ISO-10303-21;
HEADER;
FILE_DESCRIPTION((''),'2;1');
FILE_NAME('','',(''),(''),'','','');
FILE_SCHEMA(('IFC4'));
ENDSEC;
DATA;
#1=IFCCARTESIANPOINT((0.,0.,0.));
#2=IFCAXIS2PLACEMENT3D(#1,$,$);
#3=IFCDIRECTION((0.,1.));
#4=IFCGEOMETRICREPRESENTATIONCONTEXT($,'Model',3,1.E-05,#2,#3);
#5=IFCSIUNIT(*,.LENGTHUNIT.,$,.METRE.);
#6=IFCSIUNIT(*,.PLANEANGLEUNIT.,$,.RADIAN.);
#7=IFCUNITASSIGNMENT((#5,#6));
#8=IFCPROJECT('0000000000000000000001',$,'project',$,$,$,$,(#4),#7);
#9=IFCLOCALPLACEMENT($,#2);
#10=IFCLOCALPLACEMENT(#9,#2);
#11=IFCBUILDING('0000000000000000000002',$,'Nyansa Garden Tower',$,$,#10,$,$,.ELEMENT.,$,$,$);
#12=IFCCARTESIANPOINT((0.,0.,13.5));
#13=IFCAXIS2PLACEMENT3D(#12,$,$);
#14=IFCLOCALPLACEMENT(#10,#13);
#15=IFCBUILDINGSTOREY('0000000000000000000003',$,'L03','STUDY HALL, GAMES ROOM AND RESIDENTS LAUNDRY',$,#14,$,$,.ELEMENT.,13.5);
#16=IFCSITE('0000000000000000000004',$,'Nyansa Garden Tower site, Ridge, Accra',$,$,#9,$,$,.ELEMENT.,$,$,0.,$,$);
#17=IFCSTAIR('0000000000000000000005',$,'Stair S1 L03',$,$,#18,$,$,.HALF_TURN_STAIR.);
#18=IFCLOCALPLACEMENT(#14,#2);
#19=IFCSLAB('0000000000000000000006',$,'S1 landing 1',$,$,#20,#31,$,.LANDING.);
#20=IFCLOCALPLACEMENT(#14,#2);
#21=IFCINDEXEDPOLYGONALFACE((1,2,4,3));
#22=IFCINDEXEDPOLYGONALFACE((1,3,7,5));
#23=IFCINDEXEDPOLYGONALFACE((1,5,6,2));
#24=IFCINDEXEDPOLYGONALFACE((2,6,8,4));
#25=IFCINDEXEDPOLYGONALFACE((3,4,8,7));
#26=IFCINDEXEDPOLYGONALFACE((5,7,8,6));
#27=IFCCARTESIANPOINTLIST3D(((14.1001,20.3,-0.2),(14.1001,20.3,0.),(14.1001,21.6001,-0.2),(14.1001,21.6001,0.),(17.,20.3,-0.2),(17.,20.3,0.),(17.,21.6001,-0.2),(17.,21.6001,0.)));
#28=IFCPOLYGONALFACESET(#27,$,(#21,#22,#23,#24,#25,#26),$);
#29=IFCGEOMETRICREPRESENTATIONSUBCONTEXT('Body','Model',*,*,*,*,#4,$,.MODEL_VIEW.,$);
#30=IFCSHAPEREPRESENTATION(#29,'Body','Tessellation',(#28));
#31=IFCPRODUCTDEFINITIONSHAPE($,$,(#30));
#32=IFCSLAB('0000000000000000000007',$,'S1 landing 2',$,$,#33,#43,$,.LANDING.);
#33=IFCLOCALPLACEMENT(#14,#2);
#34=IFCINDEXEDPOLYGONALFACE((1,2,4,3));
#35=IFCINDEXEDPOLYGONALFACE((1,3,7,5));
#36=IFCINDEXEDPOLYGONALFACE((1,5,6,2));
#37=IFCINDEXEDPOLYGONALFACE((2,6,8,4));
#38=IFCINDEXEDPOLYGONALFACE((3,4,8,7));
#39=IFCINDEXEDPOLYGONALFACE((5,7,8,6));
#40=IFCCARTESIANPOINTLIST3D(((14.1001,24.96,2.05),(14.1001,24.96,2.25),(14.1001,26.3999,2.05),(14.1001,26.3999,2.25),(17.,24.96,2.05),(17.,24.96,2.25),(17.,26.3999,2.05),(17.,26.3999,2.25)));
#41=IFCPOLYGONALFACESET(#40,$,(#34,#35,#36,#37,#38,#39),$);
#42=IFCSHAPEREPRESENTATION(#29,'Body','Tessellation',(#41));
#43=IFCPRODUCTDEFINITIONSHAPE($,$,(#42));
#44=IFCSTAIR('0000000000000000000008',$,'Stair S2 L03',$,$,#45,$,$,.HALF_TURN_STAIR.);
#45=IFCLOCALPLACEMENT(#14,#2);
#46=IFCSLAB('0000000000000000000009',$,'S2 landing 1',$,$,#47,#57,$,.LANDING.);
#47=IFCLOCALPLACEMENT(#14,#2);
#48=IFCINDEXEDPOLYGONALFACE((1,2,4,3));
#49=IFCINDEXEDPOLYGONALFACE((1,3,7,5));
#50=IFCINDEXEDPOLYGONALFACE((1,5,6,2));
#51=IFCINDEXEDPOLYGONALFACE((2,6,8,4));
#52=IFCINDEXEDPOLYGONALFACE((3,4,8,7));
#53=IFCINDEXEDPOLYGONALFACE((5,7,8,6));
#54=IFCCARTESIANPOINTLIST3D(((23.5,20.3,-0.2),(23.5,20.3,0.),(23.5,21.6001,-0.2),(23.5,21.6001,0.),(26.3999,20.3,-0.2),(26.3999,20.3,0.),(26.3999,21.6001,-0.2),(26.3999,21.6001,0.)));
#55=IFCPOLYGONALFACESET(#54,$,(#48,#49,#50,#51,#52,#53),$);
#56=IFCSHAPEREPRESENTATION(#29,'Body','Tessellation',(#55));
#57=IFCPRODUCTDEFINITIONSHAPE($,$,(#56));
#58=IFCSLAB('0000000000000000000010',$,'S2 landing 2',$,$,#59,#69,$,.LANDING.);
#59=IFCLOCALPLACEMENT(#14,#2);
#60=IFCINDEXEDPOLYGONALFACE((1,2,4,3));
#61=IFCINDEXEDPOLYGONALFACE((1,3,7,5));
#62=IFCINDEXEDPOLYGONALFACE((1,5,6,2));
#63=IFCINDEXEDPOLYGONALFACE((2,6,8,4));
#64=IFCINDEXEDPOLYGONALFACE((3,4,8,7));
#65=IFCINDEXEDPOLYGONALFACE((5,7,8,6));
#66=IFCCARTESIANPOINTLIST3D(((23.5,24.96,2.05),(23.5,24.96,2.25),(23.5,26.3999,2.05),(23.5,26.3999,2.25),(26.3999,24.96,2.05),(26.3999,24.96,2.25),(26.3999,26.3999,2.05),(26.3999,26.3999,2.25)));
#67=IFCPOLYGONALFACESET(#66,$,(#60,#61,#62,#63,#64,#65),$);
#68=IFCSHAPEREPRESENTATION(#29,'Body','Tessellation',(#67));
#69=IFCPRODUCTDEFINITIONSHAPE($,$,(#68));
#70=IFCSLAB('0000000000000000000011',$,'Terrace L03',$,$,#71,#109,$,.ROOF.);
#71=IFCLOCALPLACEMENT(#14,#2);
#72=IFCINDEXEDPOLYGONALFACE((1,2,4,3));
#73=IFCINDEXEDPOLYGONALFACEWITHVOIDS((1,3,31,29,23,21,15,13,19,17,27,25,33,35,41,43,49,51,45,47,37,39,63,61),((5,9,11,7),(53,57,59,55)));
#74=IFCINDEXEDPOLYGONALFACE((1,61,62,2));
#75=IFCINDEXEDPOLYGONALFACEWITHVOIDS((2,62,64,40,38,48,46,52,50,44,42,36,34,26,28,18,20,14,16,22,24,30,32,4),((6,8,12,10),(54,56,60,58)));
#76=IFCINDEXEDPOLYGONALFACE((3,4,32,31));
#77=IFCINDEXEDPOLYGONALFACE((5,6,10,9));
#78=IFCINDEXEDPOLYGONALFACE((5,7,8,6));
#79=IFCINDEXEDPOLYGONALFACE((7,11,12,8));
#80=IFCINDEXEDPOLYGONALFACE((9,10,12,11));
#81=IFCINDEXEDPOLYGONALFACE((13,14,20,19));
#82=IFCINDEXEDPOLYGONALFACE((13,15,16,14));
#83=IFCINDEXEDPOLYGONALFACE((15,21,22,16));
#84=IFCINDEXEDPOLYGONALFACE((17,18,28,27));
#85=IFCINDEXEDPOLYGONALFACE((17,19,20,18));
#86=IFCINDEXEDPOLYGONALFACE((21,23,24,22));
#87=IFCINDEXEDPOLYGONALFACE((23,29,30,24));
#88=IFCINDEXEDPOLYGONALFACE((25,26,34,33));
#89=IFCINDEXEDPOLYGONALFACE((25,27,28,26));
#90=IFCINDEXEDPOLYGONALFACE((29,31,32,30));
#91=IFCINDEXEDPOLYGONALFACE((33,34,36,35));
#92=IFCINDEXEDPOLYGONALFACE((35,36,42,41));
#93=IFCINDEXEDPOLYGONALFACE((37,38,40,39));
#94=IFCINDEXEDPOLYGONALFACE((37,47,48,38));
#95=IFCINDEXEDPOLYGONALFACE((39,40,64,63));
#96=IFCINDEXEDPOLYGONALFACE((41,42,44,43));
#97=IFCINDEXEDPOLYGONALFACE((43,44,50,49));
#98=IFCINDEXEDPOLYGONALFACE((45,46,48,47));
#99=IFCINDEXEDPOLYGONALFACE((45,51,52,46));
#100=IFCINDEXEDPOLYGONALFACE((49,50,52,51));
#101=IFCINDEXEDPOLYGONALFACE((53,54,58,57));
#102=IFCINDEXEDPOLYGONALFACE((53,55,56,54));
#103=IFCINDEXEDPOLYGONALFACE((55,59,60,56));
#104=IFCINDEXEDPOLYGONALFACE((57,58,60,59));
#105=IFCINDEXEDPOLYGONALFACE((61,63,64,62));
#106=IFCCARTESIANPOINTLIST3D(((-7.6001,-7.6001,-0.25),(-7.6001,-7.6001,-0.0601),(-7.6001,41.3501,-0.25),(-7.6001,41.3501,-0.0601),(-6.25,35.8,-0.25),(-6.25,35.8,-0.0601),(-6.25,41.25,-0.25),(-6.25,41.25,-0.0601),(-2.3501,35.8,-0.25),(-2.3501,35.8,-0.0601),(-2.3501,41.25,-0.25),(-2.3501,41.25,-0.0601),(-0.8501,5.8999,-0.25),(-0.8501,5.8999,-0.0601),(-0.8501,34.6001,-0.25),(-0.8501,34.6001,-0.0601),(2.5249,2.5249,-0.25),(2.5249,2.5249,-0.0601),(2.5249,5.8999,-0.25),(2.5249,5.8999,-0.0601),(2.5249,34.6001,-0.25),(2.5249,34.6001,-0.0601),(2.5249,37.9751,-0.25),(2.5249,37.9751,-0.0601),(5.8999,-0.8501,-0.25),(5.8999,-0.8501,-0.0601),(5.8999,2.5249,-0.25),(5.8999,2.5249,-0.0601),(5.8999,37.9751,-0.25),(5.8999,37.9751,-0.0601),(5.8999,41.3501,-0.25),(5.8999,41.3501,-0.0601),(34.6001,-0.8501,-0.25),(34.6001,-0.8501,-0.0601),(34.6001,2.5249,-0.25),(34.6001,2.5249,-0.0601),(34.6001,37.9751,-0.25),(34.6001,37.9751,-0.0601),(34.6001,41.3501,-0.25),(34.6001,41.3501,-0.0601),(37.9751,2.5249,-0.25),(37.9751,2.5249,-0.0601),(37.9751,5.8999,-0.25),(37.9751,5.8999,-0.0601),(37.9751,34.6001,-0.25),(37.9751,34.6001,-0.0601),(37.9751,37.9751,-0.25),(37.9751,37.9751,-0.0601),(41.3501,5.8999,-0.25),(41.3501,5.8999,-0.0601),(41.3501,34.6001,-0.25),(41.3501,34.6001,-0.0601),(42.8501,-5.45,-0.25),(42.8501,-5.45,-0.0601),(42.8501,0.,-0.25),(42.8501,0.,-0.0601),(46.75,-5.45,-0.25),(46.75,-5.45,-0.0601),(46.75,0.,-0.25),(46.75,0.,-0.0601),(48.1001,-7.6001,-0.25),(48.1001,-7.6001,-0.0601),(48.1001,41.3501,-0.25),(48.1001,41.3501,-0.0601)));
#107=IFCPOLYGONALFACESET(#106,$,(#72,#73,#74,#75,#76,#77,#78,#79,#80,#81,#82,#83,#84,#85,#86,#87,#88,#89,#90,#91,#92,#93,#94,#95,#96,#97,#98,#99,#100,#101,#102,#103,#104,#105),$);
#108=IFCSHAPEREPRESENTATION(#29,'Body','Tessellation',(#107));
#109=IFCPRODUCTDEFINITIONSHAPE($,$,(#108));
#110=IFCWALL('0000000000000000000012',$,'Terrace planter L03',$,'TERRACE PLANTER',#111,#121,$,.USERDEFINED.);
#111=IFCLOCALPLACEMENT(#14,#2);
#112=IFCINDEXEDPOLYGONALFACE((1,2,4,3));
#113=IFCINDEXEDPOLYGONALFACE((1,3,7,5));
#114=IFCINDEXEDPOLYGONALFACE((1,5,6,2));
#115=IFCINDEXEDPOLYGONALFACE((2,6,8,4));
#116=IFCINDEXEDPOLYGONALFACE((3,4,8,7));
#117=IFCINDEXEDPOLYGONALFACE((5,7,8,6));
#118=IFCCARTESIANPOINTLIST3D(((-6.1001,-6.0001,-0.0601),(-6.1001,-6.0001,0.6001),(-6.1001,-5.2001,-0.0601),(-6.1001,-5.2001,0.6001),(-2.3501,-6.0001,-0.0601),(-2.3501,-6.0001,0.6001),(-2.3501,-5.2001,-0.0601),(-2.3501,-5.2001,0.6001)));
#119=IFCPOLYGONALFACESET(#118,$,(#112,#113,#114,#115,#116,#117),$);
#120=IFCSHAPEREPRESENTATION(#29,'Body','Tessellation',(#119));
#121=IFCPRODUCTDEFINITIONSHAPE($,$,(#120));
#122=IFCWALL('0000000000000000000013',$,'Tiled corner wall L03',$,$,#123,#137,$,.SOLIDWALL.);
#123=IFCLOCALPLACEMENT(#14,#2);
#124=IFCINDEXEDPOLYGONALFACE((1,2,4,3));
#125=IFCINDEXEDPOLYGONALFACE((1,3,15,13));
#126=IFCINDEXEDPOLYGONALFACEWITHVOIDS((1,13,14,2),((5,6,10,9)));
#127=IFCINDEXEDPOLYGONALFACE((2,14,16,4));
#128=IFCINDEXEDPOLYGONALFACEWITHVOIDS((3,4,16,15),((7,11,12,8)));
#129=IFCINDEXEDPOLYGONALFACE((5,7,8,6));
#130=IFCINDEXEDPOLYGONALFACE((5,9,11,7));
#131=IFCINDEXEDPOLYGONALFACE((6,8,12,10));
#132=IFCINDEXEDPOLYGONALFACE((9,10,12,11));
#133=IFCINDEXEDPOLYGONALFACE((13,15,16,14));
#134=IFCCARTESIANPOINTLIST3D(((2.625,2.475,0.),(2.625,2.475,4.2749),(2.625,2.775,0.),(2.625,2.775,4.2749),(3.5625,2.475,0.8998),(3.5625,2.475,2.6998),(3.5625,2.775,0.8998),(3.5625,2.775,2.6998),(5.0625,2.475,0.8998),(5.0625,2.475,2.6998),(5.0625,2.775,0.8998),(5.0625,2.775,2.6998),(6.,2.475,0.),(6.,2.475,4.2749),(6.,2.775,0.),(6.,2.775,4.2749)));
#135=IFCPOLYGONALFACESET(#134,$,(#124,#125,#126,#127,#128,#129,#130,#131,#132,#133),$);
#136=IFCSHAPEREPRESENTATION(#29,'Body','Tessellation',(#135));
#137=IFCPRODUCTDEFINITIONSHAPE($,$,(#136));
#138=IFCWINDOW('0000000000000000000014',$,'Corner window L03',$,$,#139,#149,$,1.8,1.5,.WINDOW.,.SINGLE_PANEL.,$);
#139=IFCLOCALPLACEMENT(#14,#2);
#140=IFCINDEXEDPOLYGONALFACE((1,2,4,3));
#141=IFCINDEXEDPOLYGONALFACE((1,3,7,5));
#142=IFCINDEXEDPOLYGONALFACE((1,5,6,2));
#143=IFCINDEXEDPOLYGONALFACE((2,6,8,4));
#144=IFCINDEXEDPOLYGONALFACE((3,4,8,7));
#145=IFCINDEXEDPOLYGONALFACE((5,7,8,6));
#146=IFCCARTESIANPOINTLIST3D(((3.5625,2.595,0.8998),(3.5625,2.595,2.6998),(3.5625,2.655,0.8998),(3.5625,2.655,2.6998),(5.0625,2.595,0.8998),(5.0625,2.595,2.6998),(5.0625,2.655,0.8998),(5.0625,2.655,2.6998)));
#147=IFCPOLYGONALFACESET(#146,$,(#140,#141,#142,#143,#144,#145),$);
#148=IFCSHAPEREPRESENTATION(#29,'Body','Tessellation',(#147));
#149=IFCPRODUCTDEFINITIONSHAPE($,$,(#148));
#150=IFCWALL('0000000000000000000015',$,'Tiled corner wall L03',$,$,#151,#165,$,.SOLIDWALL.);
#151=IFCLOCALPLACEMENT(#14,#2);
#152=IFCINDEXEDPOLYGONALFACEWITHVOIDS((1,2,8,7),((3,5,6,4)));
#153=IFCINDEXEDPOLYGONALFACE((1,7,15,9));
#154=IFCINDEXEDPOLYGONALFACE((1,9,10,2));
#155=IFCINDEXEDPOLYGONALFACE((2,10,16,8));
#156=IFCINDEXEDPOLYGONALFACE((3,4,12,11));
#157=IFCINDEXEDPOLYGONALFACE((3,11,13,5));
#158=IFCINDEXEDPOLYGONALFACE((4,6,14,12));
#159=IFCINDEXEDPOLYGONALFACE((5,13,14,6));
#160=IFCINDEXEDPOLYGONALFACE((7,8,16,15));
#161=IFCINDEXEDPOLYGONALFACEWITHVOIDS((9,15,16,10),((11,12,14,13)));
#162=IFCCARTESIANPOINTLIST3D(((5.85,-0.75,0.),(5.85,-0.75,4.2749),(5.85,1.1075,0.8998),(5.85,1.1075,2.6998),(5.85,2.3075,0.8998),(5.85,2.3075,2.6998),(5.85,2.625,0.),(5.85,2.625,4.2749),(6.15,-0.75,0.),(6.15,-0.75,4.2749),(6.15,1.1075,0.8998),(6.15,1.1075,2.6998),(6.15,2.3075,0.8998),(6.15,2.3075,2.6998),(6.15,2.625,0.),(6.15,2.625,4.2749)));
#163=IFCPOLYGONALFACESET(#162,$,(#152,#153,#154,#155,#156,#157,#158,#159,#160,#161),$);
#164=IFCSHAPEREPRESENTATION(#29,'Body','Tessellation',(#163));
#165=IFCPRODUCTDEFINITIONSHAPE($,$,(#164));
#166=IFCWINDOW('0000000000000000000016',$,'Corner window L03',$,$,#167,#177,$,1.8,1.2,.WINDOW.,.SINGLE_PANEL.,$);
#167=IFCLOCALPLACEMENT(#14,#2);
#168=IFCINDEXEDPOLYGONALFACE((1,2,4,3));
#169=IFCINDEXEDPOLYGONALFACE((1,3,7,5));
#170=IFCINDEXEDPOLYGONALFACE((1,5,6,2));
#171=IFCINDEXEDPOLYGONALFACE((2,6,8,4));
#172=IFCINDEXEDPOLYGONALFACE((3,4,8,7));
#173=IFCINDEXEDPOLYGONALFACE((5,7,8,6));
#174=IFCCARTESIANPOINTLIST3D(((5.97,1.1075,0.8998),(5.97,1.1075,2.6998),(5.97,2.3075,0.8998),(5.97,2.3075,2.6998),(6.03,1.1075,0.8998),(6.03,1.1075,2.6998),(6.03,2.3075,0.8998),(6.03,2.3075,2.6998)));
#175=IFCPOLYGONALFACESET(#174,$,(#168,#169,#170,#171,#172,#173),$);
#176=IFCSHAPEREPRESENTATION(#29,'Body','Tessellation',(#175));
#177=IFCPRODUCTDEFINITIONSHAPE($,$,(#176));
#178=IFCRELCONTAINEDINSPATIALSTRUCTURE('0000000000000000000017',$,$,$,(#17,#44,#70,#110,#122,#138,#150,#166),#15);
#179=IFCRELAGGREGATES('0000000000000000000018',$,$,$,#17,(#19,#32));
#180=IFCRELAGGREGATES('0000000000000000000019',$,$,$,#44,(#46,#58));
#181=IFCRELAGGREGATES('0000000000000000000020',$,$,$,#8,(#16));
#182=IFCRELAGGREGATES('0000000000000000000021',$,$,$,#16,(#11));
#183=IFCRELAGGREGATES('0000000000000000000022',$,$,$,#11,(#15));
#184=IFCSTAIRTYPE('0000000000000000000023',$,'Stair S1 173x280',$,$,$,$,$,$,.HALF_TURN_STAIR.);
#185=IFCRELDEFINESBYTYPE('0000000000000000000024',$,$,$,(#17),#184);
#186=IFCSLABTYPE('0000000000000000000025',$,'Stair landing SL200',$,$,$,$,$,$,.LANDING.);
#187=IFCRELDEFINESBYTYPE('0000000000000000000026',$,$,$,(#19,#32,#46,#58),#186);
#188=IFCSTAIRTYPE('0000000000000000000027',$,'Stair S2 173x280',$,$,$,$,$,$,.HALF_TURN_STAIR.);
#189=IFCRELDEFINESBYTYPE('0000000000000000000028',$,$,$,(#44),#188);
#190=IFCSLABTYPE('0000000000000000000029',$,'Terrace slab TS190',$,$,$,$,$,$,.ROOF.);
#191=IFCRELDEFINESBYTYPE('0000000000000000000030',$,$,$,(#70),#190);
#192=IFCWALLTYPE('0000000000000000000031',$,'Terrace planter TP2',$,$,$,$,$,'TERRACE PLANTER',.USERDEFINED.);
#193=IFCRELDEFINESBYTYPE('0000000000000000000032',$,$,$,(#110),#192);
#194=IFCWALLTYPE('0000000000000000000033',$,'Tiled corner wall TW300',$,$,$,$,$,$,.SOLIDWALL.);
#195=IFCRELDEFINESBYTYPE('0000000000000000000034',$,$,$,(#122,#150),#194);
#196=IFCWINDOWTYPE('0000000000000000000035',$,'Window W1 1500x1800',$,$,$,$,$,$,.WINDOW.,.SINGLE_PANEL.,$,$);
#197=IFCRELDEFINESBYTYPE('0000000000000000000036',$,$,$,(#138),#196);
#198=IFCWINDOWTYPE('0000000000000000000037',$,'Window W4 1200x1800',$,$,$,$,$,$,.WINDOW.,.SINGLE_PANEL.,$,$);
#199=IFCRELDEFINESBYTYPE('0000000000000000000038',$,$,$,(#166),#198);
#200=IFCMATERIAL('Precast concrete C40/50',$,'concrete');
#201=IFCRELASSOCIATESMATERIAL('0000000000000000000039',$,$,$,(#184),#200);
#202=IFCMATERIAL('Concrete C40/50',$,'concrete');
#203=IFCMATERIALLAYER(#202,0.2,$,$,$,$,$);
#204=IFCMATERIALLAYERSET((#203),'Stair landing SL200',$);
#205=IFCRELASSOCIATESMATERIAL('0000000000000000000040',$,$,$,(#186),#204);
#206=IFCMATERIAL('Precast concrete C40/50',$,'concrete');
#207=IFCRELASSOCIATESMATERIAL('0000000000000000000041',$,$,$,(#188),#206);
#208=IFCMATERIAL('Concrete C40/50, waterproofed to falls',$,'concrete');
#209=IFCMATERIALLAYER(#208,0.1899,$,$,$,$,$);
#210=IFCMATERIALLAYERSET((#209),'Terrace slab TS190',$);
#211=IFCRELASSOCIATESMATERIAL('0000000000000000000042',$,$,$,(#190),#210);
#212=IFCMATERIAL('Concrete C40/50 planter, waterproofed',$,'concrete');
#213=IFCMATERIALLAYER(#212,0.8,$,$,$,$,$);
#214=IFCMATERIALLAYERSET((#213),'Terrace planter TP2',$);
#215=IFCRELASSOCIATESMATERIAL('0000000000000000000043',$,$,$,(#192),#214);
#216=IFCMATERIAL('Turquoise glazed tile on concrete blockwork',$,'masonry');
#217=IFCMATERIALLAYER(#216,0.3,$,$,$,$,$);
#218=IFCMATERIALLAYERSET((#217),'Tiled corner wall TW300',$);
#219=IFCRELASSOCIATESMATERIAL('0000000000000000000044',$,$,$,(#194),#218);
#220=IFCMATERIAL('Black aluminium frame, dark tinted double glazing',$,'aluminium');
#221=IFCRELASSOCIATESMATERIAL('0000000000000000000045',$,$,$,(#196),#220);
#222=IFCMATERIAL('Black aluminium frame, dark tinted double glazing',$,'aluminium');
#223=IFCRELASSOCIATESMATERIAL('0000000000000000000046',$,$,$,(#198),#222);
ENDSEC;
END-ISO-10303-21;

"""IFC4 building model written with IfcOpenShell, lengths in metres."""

from ifc_helpers import new_model, si_unit, direction, frame, frame_2d, origin, place, context, subcontext, project, spatial, polyline, rectangle, outline, extrude, material, layer, layer_set, type_object, element, fill, aggregate, save


model = new_model("IFC4")

# Units and contexts
model_context = context("Model", 3, precision=1e-05, world=origin(), true_north=direction((0.0, 1.0)))
body_context = subcontext(model_context, "Body", "Model", "MODEL_VIEW")
ifc_project = project(units=[si_unit("LENGTHUNIT", "METRE"), si_unit("PLANEANGLEUNIT", "RADIAN")], contexts=[model_context])

# Site, building, storey
site_placement = place(None, origin())
site = spatial("IfcSite", under=ifc_project, at=site_placement, Name="Nyansa Garden Tower site, Ridge, Accra", CompositionType="ELEMENT", RefElevation=0.0)
building_placement = place(site_placement, origin())
building = spatial("IfcBuilding", under=site, at=building_placement, Name="Nyansa Garden Tower", CompositionType="ELEMENT")
storey_placement = place(building_placement, frame((0.0, 0.0, 13.5)))
storey = spatial("IfcBuildingStorey", under=building, at=storey_placement, Name="L03", Description="STUDY HALL, GAMES ROOM AND RESIDENTS LAUNDRY", CompositionType="ELEMENT", Elevation=13.5)

# Stairs, slabs
ifc_material_1 = material(Name="Precast concrete C40/50", Category="concrete")
stair_type_1 = type_object("IfcStairType", Name="Stair S1 173x280", PredefinedType="HALF_TURN_STAIR", material=ifc_material_1)
stair_1_placement = place(storey_placement, origin())
stair_1 = element("IfcStair", 1, at=stair_1_placement, inside=storey, type_object=stair_type_1, Name="Stair S1 L03", PredefinedType="HALF_TURN_STAIR")
ifc_material_2 = material(Name="Concrete C40/50", Category="concrete")
ifc_layer_1 = layer(ifc_material_2, 0.2)
ifc_layer_set_1 = layer_set([ifc_layer_1], Name="Stair landing SL200")
slab_type_1 = type_object("IfcSlabType", Name="Stair landing SL200", PredefinedType="LANDING", material=ifc_layer_set_1)
slab_1_placement = place(storey_placement, frame((0.0, 0.0, -0.2)))
slab_1 = element("IfcSlab", 2, at=slab_1_placement, type_object=slab_type_1, Name="S1 landing 1", PredefinedType="LANDING", context=body_context, shape_type="SweptSolid", body=[
    extrude(outline(polyline([(14.1001, 20.3), (17.0, 20.3), (17.0, 21.6001), (14.1001, 21.6001), (14.1001, 20.3)])), origin(), (0.0, 0.0, 1.0), 0.2),
])
slab_2_placement = place(storey_placement, frame((0.0, 0.0, 2.05)))
slab_2 = element("IfcSlab", 3, at=slab_2_placement, type_object=slab_type_1, Name="S1 landing 2", PredefinedType="LANDING", context=body_context, shape_type="SweptSolid", body=[
    extrude(outline(polyline([(14.1001, 24.96), (17.0, 24.96), (17.0, 26.3999), (14.1001, 26.3999), (14.1001, 24.96)])), origin(), (0.0, 0.0, 1.0), 0.2),
])
aggregate(stair_1, [slab_1, slab_2])
ifc_material_3 = material(Name="Precast concrete C40/50", Category="concrete")
stair_type_2 = type_object("IfcStairType", Name="Stair S2 173x280", PredefinedType="HALF_TURN_STAIR", material=ifc_material_3)
stair_2_placement = place(storey_placement, origin())
stair_2 = element("IfcStair", 4, at=stair_2_placement, inside=storey, type_object=stair_type_2, Name="Stair S2 L03", PredefinedType="HALF_TURN_STAIR")
slab_3_placement = place(storey_placement, frame((0.0, 0.0, -0.2)))
slab_3 = element("IfcSlab", 5, at=slab_3_placement, type_object=slab_type_1, Name="S2 landing 1", PredefinedType="LANDING", context=body_context, shape_type="SweptSolid", body=[
    extrude(outline(polyline([(23.5, 20.3), (26.3999, 20.3), (26.3999, 21.6001), (23.5, 21.6001), (23.5, 20.3)])), origin(), (0.0, 0.0, 1.0), 0.2),
])
slab_4_placement = place(storey_placement, frame((0.0, 0.0, 2.05)))
slab_4 = element("IfcSlab", 6, at=slab_4_placement, type_object=slab_type_1, Name="S2 landing 2", PredefinedType="LANDING", context=body_context, shape_type="SweptSolid", body=[
    extrude(outline(polyline([(23.5, 24.96), (26.3999, 24.96), (26.3999, 26.3999), (23.5, 26.3999), (23.5, 24.96)])), origin(), (0.0, 0.0, 1.0), 0.2),
])
aggregate(stair_2, [slab_3, slab_4])

# Slab
ifc_material_4 = material(Name="Concrete C40/50, waterproofed to falls", Category="concrete")
ifc_layer_2 = layer(ifc_material_4, 0.1899)
ifc_layer_set_2 = layer_set([ifc_layer_2], Name="Terrace slab TS190")
slab_type_2 = type_object("IfcSlabType", Name="Terrace slab TS190", PredefinedType="ROOF", material=ifc_layer_set_2)
slab_5_placement = place(storey_placement, frame((0.0, 0.0, -0.25)))
element("IfcSlab", 7, at=slab_5_placement, inside=storey, type_object=slab_type_2, Name="Terrace L03", PredefinedType="ROOF", context=body_context, shape_type="SweptSolid", body=[
    extrude(outline(polyline([(-7.6001, 41.3501), (5.8999, 41.3501), (5.8999, 37.9751), (2.5249, 37.9751), (2.5249, 34.6001), (-0.8501, 34.6001), (-0.8501, 5.8999), (2.5249, 5.8999), (2.5249, 2.5249), (5.8999, 2.5249), (5.8999, -0.8501), (34.6001, -0.8501), (34.6001, 2.5249), (37.9751, 2.5249), (37.9751, 5.8999), (41.3501, 5.8999), (41.3501, 34.6001), (37.9751, 34.6001), (37.9751, 37.9751), (34.6001, 37.9751), (34.6001, 41.3501), (48.1001, 41.3501), (48.1001, -7.6001), (-7.6001, -7.6001), (-7.6001, 41.3501)]), holes=[polyline([(46.75, -5.45), (46.75, 0.0), (42.8501, 0.0), (42.8501, -5.45), (46.75, -5.45)]), polyline([(-2.3501, 35.8), (-2.3501, 41.25), (-6.25, 41.25), (-6.25, 35.8), (-2.3501, 35.8)])]), origin(), (0.0, 0.0, 1.0), 0.1899),
])

# Wall
ifc_material_5 = material(Name="Concrete C40/50 planter, waterproofed", Category="concrete")
ifc_layer_3 = layer(ifc_material_5, 0.8)
ifc_layer_set_3 = layer_set([ifc_layer_3], Name="Terrace planter TP2")
wall_type_1 = type_object("IfcWallType", Name="Terrace planter TP2", ElementType="TERRACE PLANTER", PredefinedType="USERDEFINED", material=ifc_layer_set_3)
wall_1_placement = place(storey_placement, frame((-2.3501, -5.6001, -0.0601), z_axis=(0.0, 0.0, 1.0), x_axis=(-1.0, 0.0, 0.0)))
element("IfcWall", 8, at=wall_1_placement, inside=storey, type_object=wall_type_1, Name="Terrace planter L03", ObjectType="TERRACE PLANTER", PredefinedType="USERDEFINED", context=body_context, shape_type="SweptSolid", body=[
    extrude(rectangle(XDim=3.75, YDim=0.8, at=frame_2d((1.875, 0.0))), origin(), (0.0, 0.0, 1.0), 0.6602),
])

# Walls, openings, windows
ifc_material_6 = material(Name="Turquoise glazed tile on concrete blockwork", Category="masonry")
ifc_layer_4 = layer(ifc_material_6, 0.3)
ifc_layer_set_4 = layer_set([ifc_layer_4], Name="Tiled corner wall TW300")
wall_type_2 = type_object("IfcWallType", Name="Tiled corner wall TW300", PredefinedType="SOLIDWALL", material=ifc_layer_set_4)
wall_2_placement = place(storey_placement, frame((2.625, 2.625, 0.0), z_axis=(0.0, 0.0, 1.0), x_axis=(1.0, 0.0, 0.0)))
wall_2 = element("IfcWall", 9, at=wall_2_placement, inside=storey, type_object=wall_type_2, Name="Tiled corner wall L03", PredefinedType="SOLIDWALL", context=body_context, shape_type="SweptSolid", body=[
    extrude(rectangle(XDim=3.375, YDim=0.3, at=frame_2d((1.6875, 0.0))), origin(), (0.0, 0.0, 1.0), 4.2749),
])
opening_1_placement = place(wall_2_placement, frame((0.9375, 0.0, 0.8999)))
opening_1 = element("IfcOpeningElement", 10, at=opening_1_placement, cuts=wall_2, PredefinedType="OPENING", context=body_context, shape_type="SweptSolid", body=[
    extrude(rectangle(XDim=1.5, YDim=1.8, at=frame_2d((0.75, 0.8999))), frame((0.0, 0.1599, 0.0), z_axis=(0.0, -1.0, 0.0), x_axis=(1.0, 0.0, 0.0)), (0.0, 0.0, 1.0), 0.3201),
])
ifc_material_7 = material(Name="Black aluminium frame, dark tinted double glazing", Category="aluminium")
window_type_1 = type_object("IfcWindowType", Name="Window W1 1500x1800", PartitioningType="SINGLE_PANEL", PredefinedType="WINDOW", material=ifc_material_7)
window_1_placement = place(opening_1_placement, origin())
window_1 = element("IfcWindow", 11, at=window_1_placement, inside=storey, type_object=window_type_1, Name="Corner window L03", OverallHeight=1.8, OverallWidth=1.5, PartitioningType="SINGLE_PANEL", PredefinedType="WINDOW", context=body_context, shape_type="SweptSolid", body=[
    extrude(rectangle(XDim=1.5, YDim=1.8, at=frame_2d((0.75, 0.8999))), frame((0.0, 0.03, 0.0), z_axis=(0.0, -1.0, 0.0), x_axis=(1.0, 0.0, 0.0)), (0.0, 0.0, 1.0), 0.0601),
])
fill(opening_1, window_1)
wall_3_placement = place(storey_placement, frame((6.0, 2.625, 0.0), z_axis=(0.0, 0.0, 1.0), x_axis=(0.0, -1.0, 0.0)))
wall_3 = element("IfcWall", 12, at=wall_3_placement, inside=storey, type_object=wall_type_2, Name="Tiled corner wall L03", PredefinedType="SOLIDWALL", context=body_context, shape_type="SweptSolid", body=[
    extrude(rectangle(XDim=3.375, YDim=0.3, at=frame_2d((1.6875, 0.0))), origin(), (0.0, 0.0, 1.0), 4.2749),
])
opening_2_placement = place(wall_3_placement, frame((0.3174, 0.0, 0.8999)))
opening_2 = element("IfcOpeningElement", 13, at=opening_2_placement, cuts=wall_3, PredefinedType="OPENING", context=body_context, shape_type="SweptSolid", body=[
    extrude(rectangle(XDim=1.2, YDim=1.8, at=frame_2d((0.6001, 0.8999))), frame((0.0, 0.1599, 0.0), z_axis=(0.0, -1.0, 0.0), x_axis=(1.0, 0.0, 0.0)), (0.0, 0.0, 1.0), 0.3201),
])
ifc_material_8 = material(Name="Black aluminium frame, dark tinted double glazing", Category="aluminium")
window_type_2 = type_object("IfcWindowType", Name="Window W4 1200x1800", PartitioningType="SINGLE_PANEL", PredefinedType="WINDOW", material=ifc_material_8)
window_2_placement = place(opening_2_placement, origin())
window_2 = element("IfcWindow", 14, at=window_2_placement, inside=storey, type_object=window_type_2, Name="Corner window L03", OverallHeight=1.8, OverallWidth=1.2, PartitioningType="SINGLE_PANEL", PredefinedType="WINDOW", context=body_context, shape_type="SweptSolid", body=[
    extrude(rectangle(XDim=1.2, YDim=1.8, at=frame_2d((0.6001, 0.8999))), frame((0.0, 0.03, 0.0), z_axis=(0.0, -1.0, 0.0), x_axis=(1.0, 0.0, 0.0)), (0.0, 0.0, 1.0), 0.0601),
])
fill(opening_2, window_2)

save(model, "model.ifc")
